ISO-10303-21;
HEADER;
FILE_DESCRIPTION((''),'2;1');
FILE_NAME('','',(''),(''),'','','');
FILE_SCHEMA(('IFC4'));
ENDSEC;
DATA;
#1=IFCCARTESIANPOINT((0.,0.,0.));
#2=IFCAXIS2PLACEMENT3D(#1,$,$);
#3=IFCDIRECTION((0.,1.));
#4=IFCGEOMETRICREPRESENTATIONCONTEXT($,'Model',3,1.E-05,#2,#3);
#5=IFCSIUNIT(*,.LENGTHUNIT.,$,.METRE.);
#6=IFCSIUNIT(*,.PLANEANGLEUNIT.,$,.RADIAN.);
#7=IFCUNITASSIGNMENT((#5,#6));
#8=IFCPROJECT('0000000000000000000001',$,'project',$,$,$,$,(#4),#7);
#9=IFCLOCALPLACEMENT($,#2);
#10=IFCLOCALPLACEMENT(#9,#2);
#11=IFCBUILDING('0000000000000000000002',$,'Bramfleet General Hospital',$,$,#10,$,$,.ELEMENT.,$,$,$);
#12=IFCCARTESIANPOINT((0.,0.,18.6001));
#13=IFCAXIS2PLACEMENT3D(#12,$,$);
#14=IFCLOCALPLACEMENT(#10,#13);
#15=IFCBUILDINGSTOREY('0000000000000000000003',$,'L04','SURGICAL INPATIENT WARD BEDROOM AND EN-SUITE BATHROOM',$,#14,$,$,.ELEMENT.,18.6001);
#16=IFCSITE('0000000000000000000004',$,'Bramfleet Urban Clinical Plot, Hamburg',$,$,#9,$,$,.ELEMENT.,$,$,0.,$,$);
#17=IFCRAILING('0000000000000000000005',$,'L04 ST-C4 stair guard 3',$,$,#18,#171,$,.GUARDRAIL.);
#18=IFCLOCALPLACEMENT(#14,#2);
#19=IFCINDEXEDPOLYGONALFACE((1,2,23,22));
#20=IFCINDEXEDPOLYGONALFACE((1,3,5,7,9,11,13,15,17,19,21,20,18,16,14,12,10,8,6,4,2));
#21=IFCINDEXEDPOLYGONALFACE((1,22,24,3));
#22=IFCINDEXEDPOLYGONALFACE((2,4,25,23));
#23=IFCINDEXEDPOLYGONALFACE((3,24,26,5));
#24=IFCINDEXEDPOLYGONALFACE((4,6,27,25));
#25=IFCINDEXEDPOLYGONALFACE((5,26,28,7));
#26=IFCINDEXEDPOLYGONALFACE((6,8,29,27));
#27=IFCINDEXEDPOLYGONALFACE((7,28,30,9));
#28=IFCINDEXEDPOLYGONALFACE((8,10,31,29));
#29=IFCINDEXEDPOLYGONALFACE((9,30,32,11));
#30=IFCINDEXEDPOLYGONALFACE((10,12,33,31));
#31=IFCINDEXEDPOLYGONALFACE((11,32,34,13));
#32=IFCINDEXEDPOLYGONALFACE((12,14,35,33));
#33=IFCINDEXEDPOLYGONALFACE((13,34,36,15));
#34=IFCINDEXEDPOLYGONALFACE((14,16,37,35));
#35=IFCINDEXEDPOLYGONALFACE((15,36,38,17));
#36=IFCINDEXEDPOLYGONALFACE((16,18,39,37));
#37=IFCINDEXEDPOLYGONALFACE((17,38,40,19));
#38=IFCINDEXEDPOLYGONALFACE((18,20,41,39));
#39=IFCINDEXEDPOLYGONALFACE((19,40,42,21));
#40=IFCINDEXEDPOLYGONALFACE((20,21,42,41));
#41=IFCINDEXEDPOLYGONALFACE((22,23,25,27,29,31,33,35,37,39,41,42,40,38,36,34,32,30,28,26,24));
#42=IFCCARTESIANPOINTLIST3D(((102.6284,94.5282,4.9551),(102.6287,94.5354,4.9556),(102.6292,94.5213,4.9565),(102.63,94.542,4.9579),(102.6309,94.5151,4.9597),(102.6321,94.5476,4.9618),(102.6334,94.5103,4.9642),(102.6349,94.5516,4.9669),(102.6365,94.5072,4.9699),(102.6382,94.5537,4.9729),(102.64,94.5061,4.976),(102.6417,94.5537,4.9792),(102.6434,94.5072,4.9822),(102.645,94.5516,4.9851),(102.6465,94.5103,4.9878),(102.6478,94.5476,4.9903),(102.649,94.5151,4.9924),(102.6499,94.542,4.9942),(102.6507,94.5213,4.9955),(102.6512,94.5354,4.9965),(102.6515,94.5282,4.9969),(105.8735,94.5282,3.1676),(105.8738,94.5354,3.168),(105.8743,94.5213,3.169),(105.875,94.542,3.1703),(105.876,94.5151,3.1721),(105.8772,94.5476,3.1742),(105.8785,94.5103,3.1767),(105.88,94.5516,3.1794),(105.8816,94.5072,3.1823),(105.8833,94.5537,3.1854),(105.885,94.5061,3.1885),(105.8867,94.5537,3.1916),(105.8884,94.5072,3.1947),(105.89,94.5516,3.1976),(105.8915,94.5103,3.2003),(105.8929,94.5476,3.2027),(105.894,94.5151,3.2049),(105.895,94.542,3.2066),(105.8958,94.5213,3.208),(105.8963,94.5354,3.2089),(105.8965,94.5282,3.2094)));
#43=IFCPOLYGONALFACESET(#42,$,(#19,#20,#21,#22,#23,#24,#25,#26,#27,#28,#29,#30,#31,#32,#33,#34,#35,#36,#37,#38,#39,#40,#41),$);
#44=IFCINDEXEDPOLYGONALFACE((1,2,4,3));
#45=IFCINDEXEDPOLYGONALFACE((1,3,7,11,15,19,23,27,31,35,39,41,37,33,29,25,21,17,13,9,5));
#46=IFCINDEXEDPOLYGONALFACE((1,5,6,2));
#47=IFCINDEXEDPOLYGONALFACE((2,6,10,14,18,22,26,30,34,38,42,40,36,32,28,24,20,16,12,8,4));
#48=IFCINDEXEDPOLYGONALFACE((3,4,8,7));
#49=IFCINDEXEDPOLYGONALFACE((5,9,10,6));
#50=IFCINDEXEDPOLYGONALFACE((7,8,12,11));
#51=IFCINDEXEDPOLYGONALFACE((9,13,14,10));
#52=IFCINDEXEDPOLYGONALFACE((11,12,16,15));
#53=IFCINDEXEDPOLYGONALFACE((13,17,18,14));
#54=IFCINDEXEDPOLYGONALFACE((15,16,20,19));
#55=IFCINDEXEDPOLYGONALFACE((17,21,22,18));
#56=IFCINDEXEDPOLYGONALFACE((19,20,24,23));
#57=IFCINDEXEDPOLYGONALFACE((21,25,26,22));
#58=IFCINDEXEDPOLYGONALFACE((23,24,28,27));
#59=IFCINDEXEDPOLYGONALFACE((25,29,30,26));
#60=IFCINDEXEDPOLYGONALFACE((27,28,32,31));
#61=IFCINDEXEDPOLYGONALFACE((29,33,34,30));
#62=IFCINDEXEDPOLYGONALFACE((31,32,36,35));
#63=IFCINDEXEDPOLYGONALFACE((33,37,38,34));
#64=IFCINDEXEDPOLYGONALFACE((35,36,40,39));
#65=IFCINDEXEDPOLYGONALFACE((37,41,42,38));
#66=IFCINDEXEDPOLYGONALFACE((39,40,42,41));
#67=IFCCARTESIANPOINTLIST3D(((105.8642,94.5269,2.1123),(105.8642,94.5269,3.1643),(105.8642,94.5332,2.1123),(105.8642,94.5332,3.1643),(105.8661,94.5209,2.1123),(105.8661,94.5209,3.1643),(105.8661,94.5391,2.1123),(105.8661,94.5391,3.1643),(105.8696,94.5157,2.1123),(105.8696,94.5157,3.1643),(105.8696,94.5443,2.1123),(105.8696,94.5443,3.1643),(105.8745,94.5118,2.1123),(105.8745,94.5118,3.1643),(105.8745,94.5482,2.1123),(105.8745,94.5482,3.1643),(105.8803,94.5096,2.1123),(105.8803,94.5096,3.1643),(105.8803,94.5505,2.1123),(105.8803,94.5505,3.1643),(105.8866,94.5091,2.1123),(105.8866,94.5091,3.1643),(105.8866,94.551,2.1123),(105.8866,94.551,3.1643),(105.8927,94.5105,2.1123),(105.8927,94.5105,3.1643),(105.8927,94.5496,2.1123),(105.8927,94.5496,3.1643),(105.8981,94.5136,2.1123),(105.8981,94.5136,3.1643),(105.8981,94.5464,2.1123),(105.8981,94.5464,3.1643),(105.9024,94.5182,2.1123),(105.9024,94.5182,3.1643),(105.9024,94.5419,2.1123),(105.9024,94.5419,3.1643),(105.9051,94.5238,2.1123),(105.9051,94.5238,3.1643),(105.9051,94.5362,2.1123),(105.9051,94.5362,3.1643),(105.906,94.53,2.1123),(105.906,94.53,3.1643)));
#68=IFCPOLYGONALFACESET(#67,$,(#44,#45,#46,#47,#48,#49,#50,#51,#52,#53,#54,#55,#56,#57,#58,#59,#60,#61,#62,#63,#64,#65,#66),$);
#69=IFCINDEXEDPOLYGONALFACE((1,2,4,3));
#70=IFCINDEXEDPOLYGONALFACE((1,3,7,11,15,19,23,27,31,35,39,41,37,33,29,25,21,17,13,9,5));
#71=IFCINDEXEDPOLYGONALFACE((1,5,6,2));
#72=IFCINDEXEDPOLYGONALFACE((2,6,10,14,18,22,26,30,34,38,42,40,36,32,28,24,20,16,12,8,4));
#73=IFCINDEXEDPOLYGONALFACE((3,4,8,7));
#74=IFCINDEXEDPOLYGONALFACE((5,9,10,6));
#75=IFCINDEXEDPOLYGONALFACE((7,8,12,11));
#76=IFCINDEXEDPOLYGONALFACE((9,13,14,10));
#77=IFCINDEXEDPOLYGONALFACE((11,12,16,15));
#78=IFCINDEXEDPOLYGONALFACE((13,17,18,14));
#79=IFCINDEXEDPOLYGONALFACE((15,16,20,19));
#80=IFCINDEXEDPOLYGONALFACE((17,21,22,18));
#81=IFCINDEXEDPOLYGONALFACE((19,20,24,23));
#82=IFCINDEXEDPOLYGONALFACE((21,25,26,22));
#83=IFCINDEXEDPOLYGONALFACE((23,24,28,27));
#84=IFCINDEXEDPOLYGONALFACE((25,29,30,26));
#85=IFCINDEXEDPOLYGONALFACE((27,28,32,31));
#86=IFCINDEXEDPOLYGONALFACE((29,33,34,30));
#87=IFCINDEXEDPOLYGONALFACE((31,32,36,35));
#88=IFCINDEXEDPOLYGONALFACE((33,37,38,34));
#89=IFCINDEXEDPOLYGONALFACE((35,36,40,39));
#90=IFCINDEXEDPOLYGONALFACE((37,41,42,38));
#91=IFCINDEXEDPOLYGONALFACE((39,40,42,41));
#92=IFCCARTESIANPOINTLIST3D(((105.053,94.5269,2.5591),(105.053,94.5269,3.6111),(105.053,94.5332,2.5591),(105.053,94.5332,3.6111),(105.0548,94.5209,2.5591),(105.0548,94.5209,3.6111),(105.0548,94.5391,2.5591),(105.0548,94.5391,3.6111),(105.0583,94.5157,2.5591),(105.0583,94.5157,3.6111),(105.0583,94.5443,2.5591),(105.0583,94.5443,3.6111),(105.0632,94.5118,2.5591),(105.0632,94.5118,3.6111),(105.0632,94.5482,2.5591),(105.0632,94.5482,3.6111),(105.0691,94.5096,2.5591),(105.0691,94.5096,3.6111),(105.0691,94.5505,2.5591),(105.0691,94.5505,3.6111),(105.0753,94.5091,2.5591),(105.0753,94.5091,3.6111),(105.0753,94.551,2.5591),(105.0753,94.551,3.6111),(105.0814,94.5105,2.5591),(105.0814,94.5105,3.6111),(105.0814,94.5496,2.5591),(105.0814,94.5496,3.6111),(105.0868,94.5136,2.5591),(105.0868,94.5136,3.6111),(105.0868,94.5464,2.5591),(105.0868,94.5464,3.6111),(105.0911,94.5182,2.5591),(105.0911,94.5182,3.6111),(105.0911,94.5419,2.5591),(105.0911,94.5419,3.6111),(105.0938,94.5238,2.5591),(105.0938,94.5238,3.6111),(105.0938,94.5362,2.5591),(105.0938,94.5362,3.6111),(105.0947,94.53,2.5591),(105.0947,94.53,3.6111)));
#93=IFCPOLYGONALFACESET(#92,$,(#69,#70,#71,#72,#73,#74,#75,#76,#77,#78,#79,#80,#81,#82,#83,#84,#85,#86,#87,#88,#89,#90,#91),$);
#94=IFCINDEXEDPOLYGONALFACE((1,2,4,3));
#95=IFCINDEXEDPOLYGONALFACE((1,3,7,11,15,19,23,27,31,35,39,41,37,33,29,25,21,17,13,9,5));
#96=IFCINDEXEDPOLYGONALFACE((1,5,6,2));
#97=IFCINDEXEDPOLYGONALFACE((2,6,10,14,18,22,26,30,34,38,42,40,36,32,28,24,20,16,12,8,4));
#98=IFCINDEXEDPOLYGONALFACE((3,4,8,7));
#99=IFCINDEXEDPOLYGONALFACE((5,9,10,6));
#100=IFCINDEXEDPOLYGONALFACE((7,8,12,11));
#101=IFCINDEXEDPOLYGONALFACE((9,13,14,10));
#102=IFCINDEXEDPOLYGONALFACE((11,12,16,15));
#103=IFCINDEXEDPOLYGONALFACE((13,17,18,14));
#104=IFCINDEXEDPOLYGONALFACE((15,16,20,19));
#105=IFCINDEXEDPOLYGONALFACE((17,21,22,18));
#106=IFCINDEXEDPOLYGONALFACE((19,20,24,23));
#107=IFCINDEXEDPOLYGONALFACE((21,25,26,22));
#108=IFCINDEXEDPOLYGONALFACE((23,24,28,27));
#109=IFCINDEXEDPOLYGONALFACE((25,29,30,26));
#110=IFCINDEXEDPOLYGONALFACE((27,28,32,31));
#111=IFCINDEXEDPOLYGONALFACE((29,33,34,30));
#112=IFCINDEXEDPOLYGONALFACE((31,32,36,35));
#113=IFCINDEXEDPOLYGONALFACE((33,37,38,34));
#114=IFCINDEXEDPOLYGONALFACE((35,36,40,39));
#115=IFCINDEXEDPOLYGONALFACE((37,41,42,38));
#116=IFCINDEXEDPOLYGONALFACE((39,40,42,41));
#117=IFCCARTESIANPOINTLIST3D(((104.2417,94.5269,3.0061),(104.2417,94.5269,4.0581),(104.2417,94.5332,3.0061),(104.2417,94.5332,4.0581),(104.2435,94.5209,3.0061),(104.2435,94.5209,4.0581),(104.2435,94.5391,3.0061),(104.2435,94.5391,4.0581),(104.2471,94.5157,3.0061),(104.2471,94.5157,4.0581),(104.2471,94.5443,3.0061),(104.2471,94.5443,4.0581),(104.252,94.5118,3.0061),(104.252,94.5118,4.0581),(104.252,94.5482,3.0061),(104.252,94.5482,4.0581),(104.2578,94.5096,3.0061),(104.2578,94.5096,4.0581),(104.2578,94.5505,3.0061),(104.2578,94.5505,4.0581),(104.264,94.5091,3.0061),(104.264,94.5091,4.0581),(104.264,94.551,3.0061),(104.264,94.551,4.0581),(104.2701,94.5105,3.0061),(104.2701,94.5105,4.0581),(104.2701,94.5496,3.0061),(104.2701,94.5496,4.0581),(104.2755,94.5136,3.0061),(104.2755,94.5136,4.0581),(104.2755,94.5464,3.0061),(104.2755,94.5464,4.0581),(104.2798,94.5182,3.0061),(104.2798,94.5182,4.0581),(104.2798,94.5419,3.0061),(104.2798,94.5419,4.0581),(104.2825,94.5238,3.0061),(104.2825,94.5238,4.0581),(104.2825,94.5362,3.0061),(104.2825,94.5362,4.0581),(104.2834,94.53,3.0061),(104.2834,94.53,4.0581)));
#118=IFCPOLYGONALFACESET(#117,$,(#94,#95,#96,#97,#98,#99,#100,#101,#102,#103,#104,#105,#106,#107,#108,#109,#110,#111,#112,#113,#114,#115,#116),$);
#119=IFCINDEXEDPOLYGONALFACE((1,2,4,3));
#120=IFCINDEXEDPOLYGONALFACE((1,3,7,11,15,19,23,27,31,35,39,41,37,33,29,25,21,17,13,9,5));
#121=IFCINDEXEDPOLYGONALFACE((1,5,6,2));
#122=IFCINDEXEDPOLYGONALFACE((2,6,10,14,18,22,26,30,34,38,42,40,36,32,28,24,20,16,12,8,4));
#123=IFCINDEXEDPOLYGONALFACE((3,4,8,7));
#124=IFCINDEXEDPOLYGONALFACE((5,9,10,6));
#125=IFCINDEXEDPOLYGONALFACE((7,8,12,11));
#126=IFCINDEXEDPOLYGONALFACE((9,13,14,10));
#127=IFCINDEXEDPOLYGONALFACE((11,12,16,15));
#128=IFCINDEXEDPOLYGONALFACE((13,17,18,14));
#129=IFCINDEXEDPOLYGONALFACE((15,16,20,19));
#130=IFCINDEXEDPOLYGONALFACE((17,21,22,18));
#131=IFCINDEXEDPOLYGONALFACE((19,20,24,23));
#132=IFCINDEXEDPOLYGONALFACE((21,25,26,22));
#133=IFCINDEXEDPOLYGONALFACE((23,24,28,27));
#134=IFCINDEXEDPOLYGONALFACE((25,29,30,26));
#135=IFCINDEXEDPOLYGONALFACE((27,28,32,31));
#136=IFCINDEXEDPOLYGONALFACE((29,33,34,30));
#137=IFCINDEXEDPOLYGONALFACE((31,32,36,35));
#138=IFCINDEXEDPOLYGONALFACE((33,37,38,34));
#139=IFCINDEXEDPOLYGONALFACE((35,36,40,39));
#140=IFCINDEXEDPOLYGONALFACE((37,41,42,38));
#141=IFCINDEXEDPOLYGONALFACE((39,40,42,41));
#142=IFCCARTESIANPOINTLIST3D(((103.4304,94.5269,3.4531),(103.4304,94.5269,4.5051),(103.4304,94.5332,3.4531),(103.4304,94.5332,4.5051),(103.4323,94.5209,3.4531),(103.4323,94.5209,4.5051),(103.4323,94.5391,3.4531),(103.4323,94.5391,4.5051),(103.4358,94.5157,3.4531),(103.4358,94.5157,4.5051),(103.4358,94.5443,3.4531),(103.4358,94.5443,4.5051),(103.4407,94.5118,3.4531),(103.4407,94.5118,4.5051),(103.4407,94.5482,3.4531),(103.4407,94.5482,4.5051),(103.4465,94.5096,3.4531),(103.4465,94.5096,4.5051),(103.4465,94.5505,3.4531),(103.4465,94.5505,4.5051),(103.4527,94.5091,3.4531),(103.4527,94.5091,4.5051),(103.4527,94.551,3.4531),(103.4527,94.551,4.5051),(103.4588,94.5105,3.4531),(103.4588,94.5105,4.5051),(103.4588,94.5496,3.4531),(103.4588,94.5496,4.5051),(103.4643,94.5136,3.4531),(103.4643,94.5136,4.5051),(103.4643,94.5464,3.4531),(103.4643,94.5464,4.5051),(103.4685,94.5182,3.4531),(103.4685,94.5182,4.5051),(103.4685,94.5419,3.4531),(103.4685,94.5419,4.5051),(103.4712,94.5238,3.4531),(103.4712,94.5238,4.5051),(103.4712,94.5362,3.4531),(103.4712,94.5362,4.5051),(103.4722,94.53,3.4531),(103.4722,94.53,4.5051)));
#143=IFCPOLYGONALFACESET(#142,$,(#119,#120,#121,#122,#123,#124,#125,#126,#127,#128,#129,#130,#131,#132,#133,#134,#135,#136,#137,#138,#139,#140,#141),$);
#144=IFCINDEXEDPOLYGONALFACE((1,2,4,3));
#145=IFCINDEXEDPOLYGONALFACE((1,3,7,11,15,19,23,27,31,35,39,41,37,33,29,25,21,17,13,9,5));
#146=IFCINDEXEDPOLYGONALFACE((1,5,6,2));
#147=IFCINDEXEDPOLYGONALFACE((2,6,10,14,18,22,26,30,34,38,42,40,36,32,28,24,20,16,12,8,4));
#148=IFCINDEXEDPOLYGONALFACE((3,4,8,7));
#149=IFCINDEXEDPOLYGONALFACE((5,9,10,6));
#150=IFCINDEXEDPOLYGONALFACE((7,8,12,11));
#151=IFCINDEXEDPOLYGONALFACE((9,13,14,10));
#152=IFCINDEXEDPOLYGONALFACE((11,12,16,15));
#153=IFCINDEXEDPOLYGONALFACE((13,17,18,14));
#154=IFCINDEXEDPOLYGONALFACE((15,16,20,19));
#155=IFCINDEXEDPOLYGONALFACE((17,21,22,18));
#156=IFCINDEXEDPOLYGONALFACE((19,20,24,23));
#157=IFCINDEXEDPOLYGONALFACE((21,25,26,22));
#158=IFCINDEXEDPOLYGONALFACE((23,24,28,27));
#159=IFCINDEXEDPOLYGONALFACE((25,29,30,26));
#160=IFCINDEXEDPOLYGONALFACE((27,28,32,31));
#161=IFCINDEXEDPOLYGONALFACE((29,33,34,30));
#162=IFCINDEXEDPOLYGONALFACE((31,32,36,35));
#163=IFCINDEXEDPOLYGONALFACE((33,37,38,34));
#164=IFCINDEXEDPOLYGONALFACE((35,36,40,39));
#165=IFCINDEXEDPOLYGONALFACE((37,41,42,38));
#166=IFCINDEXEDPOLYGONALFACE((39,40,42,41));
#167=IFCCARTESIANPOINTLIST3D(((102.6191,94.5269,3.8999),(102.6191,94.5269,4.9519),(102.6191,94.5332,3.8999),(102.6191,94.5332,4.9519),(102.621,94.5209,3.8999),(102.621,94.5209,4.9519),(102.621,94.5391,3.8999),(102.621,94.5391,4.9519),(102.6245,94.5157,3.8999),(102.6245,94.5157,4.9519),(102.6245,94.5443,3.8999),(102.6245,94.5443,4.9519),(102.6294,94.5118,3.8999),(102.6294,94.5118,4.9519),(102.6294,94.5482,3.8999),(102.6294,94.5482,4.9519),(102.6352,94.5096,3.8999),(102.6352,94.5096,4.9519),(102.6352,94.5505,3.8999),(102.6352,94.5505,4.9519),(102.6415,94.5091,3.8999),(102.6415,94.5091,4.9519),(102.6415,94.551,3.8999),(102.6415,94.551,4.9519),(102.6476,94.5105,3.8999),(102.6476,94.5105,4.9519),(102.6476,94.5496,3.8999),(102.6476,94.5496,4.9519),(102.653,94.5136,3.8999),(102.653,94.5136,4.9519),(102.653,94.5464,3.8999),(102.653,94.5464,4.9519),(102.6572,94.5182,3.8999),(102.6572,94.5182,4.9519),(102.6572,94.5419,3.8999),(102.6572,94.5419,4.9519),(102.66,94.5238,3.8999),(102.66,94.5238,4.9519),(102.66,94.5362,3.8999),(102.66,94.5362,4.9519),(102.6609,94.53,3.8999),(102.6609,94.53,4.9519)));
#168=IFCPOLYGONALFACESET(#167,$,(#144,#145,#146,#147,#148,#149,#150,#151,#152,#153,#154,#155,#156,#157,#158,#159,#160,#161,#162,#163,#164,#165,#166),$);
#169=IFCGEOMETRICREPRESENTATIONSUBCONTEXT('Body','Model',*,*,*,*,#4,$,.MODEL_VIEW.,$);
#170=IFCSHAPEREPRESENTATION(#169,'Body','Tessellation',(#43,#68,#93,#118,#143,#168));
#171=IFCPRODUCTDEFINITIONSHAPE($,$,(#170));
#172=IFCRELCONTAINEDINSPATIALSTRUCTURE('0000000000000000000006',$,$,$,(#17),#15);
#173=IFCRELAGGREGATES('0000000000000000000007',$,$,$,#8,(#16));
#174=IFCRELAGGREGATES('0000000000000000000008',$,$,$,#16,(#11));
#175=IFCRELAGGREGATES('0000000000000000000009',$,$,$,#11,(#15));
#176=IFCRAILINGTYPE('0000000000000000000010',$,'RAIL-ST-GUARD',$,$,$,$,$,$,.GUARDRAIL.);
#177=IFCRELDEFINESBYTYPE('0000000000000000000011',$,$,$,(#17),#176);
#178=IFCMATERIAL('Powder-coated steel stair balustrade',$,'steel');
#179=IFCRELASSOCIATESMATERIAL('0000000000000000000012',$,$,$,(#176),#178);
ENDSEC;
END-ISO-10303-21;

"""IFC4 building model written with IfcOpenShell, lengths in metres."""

from ifc_helpers import new_model, si_unit, direction, frame, origin, origin_2d, place, context, subcontext, project, spatial, circle, extrude, material, type_object, element, save


model = new_model("IFC4")

# Units and contexts
model_context = context("Model", 3, precision=1e-05, world=origin(), true_north=direction((0.0, 1.0)))
body_context = subcontext(model_context, "Body", "Model", "MODEL_VIEW")
ifc_project = project(units=[si_unit("LENGTHUNIT", "METRE"), si_unit("PLANEANGLEUNIT", "RADIAN")], contexts=[model_context])

# Site, building, storey
site_placement = place(None, origin())
site = spatial("IfcSite", under=ifc_project, at=site_placement, Name="Bramfleet Urban Clinical Plot, Hamburg", CompositionType="ELEMENT", RefElevation=0.0)
building_placement = place(site_placement, origin())
building = spatial("IfcBuilding", under=site, at=building_placement, Name="Bramfleet General Hospital", CompositionType="ELEMENT")
storey_placement = place(building_placement, frame((0.0, 0.0, 18.6001)))
storey = spatial("IfcBuildingStorey", under=building, at=storey_placement, Name="L04", Description="SURGICAL INPATIENT WARD BEDROOM AND EN-SUITE BATHROOM", CompositionType="ELEMENT", Elevation=18.6001)

# Railing
ifc_material_1 = material(Name="Powder-coated steel stair balustrade", Category="steel")
railing_type_1 = type_object("IfcRailingType", Name="RAIL-ST-GUARD", PredefinedType="GUARDRAIL", material=ifc_material_1)
railing_1_placement = place(storey_placement, frame((105.885, 94.53, 2.1123)))
element("IfcRailing", 1, at=railing_1_placement, inside=storey, type_object=railing_type_1, Name="L04 ST-C4 stair guard 3", PredefinedType="GUARDRAIL", context=body_context, shape_type="SweptSolid", body=[
    extrude(circle(Radius=0.0239, at=origin_2d()), frame((0.0, 0.0, 1.0762), z_axis=(-0.875899, 0.0, 0.482495), x_axis=(0.0, -1.0, 0.0)), (0.0, 0.0, 1.0), 3.7048),
    extrude(circle(Radius=0.021, at=origin_2d()), origin(), (0.0, 0.0, 1.0), 1.052),
    extrude(circle(Radius=0.021, at=origin_2d()), frame((-0.8113, 0.0, 0.4468)), (0.0, 0.0, 1.0), 1.052),
    extrude(circle(Radius=0.021, at=origin_2d()), frame((-1.6226, 0.0, 0.8938)), (0.0, 0.0, 1.0), 1.052),
    extrude(circle(Radius=0.021, at=origin_2d()), frame((-2.4338, 0.0, 1.3408)), (0.0, 0.0, 1.0), 1.052),
    extrude(circle(Radius=0.021, at=origin_2d()), frame((-3.2451, 0.0, 1.7876)), (0.0, 0.0, 1.0), 1.052),
])

save(model, "model.ifc")
